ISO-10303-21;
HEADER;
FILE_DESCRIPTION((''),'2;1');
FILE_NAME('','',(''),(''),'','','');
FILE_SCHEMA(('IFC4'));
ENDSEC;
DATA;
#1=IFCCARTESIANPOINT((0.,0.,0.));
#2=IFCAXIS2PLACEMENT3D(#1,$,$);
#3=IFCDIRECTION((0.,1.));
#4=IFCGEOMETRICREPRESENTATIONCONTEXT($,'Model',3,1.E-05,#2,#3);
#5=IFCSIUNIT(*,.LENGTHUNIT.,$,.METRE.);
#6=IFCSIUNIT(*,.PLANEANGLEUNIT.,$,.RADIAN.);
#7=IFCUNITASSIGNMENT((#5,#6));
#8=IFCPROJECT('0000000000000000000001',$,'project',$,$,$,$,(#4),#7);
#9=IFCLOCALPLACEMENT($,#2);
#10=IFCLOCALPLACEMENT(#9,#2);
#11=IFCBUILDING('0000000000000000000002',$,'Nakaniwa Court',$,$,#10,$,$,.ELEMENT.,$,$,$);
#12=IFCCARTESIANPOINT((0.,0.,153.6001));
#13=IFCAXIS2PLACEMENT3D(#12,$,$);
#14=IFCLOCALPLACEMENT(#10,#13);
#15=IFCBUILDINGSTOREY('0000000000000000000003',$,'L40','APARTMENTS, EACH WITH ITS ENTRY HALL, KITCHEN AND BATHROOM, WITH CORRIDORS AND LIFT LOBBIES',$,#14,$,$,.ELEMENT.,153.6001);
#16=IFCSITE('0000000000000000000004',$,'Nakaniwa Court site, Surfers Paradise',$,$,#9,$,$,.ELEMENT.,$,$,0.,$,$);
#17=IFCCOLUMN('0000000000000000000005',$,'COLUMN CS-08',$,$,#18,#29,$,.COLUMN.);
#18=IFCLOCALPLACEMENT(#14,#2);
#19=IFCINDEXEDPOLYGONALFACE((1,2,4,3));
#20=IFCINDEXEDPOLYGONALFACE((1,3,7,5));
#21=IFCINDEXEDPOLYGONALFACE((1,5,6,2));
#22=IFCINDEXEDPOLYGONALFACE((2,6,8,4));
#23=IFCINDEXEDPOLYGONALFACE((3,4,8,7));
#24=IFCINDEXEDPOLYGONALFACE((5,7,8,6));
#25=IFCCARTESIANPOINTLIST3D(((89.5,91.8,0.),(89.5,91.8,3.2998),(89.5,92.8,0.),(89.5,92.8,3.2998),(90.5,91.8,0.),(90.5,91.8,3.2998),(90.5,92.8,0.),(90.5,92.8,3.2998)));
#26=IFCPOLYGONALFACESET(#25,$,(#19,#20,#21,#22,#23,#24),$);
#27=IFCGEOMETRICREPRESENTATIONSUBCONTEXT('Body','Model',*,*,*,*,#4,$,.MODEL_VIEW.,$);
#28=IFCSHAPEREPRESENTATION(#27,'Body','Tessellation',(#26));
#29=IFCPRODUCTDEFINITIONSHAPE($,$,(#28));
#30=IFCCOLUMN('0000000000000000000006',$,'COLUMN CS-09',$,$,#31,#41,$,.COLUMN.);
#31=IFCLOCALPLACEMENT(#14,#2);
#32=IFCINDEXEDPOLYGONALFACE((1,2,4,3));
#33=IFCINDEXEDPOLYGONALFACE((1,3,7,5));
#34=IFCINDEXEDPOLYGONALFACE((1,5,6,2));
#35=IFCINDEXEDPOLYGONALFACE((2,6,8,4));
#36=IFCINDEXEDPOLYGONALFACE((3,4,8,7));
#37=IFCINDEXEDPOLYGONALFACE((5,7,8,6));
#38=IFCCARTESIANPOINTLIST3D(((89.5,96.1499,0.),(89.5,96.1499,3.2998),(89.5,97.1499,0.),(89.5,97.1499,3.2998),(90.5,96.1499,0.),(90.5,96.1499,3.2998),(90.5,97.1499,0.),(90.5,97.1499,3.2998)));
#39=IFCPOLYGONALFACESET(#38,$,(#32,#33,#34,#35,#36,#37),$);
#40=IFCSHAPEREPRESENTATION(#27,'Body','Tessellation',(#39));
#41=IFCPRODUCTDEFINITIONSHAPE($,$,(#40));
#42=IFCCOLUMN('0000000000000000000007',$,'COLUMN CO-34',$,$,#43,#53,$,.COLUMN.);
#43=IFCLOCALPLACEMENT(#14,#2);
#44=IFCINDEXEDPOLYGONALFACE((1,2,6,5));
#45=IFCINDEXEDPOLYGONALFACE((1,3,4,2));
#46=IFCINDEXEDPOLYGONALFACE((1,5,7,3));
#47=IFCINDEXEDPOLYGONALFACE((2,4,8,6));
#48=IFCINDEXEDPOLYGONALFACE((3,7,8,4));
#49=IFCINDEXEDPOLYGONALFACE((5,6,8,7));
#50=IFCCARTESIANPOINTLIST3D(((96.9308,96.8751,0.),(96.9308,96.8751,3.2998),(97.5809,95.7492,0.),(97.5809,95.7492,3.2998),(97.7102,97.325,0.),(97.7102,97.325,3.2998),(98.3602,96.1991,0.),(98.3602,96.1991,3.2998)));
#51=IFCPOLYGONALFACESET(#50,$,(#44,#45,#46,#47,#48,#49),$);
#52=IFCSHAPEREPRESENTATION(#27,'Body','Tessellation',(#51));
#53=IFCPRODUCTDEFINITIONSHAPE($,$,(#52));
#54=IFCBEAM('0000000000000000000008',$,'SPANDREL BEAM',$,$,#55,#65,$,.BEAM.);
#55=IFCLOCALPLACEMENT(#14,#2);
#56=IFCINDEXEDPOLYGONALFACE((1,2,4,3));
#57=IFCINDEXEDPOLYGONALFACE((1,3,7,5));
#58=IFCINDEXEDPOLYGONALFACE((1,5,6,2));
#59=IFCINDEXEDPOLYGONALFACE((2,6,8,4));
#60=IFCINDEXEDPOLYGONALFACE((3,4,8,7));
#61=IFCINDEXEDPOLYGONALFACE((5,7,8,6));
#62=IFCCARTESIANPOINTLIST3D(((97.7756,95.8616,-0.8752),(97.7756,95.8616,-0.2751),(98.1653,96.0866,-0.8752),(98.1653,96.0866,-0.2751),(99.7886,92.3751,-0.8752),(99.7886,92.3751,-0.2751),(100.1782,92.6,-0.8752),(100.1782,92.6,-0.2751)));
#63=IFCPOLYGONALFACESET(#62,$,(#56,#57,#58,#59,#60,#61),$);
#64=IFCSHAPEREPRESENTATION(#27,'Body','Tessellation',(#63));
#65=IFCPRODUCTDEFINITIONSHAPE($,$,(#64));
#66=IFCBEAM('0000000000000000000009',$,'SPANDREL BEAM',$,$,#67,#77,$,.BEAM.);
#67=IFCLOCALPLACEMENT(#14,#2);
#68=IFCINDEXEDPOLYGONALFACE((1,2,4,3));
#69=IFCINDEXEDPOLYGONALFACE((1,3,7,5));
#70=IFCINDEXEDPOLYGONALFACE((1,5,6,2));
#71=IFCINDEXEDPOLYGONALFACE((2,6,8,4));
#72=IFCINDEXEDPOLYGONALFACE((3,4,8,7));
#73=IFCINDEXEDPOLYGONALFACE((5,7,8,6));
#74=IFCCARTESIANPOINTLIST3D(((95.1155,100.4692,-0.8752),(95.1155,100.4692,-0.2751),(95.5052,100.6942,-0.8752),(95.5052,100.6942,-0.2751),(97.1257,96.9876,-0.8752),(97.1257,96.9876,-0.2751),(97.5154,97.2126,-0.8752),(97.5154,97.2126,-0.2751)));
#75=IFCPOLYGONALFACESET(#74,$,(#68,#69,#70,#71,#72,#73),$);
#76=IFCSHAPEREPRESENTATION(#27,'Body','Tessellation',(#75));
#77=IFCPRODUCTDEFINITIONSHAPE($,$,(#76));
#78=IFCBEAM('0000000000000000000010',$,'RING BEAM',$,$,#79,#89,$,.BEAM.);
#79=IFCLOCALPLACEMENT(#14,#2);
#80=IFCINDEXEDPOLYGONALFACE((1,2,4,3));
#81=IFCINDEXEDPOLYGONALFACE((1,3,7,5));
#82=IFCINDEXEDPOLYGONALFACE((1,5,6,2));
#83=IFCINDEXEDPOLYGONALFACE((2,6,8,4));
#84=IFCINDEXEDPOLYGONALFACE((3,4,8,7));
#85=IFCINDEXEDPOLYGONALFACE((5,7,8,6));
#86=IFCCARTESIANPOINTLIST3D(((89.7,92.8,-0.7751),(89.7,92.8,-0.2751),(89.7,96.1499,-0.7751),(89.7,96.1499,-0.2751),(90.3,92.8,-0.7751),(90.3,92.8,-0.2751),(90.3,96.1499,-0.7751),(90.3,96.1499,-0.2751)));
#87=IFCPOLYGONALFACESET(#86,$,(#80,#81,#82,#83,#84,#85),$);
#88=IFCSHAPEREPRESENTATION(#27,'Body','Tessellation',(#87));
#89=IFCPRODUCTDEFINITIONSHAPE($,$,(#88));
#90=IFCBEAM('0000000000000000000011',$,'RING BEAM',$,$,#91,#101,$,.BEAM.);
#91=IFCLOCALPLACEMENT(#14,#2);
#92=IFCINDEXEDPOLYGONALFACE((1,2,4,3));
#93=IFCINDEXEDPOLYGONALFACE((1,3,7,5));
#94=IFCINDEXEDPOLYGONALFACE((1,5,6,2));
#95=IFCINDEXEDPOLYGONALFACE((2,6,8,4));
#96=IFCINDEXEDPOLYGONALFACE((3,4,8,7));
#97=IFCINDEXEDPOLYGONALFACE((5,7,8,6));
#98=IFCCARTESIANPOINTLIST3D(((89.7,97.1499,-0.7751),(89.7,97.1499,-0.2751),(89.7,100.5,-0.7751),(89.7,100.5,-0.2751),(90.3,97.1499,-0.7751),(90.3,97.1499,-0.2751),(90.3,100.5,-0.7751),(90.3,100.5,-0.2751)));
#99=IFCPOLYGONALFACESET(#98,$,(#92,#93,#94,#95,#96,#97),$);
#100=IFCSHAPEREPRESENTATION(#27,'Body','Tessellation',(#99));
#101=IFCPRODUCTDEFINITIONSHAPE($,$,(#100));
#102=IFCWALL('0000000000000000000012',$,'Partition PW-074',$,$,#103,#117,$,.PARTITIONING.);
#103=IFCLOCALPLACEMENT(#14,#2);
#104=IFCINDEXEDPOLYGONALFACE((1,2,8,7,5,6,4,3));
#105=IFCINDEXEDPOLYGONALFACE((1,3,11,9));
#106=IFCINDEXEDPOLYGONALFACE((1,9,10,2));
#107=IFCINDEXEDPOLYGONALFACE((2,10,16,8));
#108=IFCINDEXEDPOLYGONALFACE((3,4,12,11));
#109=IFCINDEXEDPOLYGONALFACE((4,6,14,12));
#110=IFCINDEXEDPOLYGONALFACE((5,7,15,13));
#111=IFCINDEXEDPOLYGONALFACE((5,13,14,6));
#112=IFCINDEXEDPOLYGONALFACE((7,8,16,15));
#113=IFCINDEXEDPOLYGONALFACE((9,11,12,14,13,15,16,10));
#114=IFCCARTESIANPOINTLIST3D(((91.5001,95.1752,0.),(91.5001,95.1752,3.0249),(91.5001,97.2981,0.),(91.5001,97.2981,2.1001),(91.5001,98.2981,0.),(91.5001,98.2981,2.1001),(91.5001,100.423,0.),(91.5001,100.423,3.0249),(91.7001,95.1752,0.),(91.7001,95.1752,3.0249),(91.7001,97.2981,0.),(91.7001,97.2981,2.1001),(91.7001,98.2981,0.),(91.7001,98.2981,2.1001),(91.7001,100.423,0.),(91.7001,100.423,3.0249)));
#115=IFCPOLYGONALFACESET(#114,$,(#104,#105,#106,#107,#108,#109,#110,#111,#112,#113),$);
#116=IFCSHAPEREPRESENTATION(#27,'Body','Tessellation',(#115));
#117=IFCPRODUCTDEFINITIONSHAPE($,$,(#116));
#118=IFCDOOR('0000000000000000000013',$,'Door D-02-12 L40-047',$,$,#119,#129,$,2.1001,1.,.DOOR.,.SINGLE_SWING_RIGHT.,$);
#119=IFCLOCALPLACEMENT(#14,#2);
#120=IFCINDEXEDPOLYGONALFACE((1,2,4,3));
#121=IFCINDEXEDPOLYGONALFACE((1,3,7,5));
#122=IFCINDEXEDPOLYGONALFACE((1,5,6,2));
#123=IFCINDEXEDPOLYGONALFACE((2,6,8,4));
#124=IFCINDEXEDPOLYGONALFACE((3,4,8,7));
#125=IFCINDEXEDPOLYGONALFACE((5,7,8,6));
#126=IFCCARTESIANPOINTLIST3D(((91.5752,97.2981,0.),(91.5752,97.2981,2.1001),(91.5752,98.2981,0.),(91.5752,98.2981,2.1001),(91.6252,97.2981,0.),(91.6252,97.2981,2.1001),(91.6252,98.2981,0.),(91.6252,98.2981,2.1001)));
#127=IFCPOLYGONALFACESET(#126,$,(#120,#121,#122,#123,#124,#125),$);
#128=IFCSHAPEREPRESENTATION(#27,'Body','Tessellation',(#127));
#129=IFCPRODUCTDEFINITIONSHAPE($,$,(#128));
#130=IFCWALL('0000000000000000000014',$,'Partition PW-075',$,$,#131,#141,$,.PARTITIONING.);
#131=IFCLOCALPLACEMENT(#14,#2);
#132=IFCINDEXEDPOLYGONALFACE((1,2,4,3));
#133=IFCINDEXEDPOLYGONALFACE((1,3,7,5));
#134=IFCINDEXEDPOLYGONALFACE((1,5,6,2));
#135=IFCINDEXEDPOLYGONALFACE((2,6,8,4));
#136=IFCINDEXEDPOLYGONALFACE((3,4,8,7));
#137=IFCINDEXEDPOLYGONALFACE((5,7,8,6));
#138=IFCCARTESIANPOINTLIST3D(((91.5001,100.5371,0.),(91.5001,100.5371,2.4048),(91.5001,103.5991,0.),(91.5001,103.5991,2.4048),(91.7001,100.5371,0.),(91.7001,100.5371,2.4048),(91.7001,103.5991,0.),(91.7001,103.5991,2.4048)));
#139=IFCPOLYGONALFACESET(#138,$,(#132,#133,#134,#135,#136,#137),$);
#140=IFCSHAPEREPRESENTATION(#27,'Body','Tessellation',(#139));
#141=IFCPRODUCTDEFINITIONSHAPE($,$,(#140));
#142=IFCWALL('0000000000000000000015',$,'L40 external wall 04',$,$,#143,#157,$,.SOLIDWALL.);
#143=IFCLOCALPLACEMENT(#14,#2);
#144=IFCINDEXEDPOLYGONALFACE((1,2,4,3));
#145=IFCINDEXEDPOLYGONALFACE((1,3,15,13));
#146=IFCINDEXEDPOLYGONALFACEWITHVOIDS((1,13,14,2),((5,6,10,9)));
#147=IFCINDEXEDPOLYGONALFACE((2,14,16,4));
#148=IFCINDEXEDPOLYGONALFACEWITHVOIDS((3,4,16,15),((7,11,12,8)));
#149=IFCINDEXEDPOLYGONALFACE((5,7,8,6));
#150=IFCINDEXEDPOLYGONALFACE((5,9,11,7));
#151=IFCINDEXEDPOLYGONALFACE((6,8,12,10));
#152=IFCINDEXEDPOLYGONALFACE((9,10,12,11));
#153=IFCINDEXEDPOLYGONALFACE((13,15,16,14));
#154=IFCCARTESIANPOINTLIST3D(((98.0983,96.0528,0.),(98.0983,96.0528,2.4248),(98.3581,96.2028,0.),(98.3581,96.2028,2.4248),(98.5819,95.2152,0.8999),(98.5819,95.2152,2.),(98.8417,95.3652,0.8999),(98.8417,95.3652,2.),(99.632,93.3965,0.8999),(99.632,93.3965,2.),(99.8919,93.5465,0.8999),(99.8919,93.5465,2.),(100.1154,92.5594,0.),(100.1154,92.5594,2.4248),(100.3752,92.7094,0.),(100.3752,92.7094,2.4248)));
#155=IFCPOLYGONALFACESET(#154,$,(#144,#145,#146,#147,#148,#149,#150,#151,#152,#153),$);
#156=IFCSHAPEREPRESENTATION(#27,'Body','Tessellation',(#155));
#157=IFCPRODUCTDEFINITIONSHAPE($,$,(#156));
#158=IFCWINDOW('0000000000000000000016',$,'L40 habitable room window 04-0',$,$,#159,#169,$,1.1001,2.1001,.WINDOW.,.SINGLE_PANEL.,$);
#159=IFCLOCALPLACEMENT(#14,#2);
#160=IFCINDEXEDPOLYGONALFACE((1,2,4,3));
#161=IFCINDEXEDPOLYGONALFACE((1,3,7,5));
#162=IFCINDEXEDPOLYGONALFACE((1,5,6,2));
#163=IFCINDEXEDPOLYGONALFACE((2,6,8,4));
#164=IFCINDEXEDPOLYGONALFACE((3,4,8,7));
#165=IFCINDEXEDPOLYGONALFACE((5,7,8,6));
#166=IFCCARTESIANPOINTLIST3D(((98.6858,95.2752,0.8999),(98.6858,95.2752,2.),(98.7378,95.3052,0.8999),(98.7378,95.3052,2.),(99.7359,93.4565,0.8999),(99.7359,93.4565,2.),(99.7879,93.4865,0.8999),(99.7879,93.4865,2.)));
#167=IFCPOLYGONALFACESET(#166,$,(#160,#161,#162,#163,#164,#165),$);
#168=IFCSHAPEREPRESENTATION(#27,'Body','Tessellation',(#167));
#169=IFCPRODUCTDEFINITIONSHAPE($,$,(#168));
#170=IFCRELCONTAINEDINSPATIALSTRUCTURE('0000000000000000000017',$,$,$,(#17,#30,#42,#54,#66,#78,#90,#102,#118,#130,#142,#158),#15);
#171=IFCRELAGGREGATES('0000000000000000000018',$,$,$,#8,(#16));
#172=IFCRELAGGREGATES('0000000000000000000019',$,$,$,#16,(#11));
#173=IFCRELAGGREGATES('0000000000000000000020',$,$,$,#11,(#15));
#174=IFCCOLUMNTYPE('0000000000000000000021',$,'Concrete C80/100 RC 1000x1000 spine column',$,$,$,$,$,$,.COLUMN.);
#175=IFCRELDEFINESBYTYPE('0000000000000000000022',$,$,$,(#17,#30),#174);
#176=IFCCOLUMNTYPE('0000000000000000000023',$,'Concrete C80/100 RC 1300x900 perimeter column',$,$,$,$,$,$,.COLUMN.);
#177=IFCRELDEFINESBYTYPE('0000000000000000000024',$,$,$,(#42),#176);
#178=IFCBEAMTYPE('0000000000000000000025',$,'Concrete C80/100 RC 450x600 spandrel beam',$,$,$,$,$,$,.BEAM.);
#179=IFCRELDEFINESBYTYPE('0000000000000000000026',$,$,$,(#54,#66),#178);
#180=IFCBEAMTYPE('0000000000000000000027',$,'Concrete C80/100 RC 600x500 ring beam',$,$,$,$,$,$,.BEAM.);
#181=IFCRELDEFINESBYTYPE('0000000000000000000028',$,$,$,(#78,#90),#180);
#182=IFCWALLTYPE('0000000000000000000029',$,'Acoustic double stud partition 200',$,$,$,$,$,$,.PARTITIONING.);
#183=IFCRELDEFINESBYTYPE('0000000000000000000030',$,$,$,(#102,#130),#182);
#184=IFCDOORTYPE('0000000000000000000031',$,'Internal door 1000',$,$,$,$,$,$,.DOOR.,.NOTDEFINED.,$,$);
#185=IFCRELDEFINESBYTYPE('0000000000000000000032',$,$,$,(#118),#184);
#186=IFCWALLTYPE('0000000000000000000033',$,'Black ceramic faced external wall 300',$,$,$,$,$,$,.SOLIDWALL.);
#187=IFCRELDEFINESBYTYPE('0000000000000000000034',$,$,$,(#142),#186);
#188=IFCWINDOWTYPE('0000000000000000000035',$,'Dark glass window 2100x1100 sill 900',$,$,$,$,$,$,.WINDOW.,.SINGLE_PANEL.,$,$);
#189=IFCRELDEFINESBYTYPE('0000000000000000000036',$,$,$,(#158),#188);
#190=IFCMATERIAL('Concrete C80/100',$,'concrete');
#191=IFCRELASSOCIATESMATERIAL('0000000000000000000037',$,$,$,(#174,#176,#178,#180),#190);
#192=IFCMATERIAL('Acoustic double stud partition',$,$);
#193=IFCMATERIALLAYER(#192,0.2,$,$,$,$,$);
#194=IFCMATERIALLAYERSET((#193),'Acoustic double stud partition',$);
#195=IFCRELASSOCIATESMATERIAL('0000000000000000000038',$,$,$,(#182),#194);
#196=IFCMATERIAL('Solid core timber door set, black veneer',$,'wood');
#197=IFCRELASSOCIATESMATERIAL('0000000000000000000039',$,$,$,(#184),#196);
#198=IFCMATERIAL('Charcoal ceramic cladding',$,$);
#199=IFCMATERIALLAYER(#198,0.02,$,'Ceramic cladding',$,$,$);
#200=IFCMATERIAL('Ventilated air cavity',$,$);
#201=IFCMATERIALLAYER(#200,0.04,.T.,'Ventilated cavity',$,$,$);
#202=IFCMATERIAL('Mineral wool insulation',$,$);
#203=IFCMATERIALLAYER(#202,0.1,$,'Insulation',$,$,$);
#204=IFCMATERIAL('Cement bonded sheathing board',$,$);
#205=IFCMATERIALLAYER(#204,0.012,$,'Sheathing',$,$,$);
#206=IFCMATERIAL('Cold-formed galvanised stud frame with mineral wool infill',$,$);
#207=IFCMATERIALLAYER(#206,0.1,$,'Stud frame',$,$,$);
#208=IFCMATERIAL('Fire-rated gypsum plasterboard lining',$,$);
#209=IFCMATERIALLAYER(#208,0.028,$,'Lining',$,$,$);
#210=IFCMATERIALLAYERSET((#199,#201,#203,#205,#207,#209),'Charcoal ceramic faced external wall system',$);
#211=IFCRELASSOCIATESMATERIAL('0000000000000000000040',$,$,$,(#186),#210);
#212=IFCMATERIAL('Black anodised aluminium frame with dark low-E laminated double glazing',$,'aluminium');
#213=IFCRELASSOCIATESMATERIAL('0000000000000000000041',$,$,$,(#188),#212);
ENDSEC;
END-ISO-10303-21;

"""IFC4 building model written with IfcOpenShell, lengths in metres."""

from ifc_helpers import new_model, si_unit, direction, frame, frame_2d, origin, origin_2d, place, context, subcontext, project, spatial, rectangle, extrude, material, layer, layer_set, material_profile, profile_set, type_object, element, fill, save


model = new_model("IFC4")

# Units and contexts
model_context = context("Model", 3, precision=1e-05, world=origin(), true_north=direction((0.0, 1.0)))
body_context = subcontext(model_context, "Body", "Model", "MODEL_VIEW")
ifc_project = project(units=[si_unit("LENGTHUNIT", "METRE"), si_unit("PLANEANGLEUNIT", "RADIAN")], contexts=[model_context])

# Site, building, storey
site_placement = place(None, origin())
site = spatial("IfcSite", under=ifc_project, at=site_placement, Name="Nakaniwa Court site, Surfers Paradise", CompositionType="ELEMENT", RefElevation=0.0)
building_placement = place(site_placement, origin())
building = spatial("IfcBuilding", under=site, at=building_placement, Name="Nakaniwa Court", CompositionType="ELEMENT")
storey_placement = place(building_placement, frame((0.0, 0.0, 153.6001)))
storey = spatial("IfcBuildingStorey", under=building, at=storey_placement, Name="L40", Description="APARTMENTS, EACH WITH ITS ENTRY HALL, KITCHEN AND BATHROOM, WITH CORRIDORS AND LIFT LOBBIES", CompositionType="ELEMENT", Elevation=153.6001)

# Columns
ifc_material_1 = material(Name="Concrete C80/100", Category="concrete")
ifc_material_profile_1 = material_profile(ifc_material_1, rectangle(XDim=1.0, YDim=1.0, at=origin_2d()), Name="Concrete C80/100 RC 1000x1000 spine column")
ifc_profile_set_1 = profile_set([ifc_material_profile_1], Name="Concrete C80/100")
column_type_1 = type_object("IfcColumnType", Name="Concrete C80/100 RC 1000x1000 spine column", PredefinedType="COLUMN", material=ifc_profile_set_1)
for number, where, z_axis, x_axis, name in (
    (1, (90.0, 92.3, 0.0), (0.0, 0.0, 1.0), (0.0, 1.0, 0.0), "COLUMN CS-08"),
    (2, (90.0, 96.6499, 0.0), (0.0, 0.0, 1.0), (0.0, 1.0, 0.0), "COLUMN CS-09"),
):
    element("IfcColumn", number, at=place(storey_placement, frame(where, z_axis=z_axis, x_axis=x_axis)), inside=storey, type_object=column_type_1, Name=name, PredefinedType="COLUMN", context=body_context, shape_type="SweptSolid", body=[
        extrude(rectangle(XDim=1.0, YDim=1.0, at=origin_2d()), origin(), (0.0, 0.0, 1.0), 3.2998),
    ])
ifc_material_profile_2 = material_profile(ifc_material_1, rectangle(XDim=1.3, YDim=0.8999, at=origin_2d()), Name="Concrete C80/100 RC 1300x900 perimeter column")
ifc_profile_set_2 = profile_set([ifc_material_profile_2], Name="Concrete C80/100")
column_type_2 = type_object("IfcColumnType", Name="Concrete C80/100 RC 1300x900 perimeter column", PredefinedType="COLUMN", material=ifc_profile_set_2)
column_placement = place(storey_placement, frame((97.6455, 96.5371, 0.0), z_axis=(0.0, 0.0, 1.0), x_axis=(-0.5, 0.866025, 0.0)))
element("IfcColumn", 3, at=column_placement, inside=storey, type_object=column_type_2, Name="COLUMN CO-34", PredefinedType="COLUMN", context=body_context, shape_type="SweptSolid", body=[
    extrude(rectangle(XDim=1.3, YDim=0.8999, at=origin_2d()), origin(), (0.0, 0.0, 1.0), 3.2998),
])

# Beams
ifc_material_profile_3 = material_profile(ifc_material_1, rectangle(XDim=0.45, YDim=0.6001, at=origin_2d()), Name="Concrete C80/100 RC 450x600 spandrel beam")
ifc_profile_set_3 = profile_set([ifc_material_profile_3], Name="Concrete C80/100")
beam_type_1 = type_object("IfcBeamType", Name="Concrete C80/100 RC 450x600 spandrel beam", PredefinedType="BEAM", material=ifc_profile_set_3)
beam_1_placement = place(storey_placement, frame((99.9834, 92.4875, -0.5752), z_axis=(-0.499994, 0.866029, 0.0), x_axis=(-0.866029, -0.499994, 0.0)))
element("IfcBeam", 4, at=beam_1_placement, inside=storey, type_object=beam_type_1, Name="SPANDREL BEAM", PredefinedType="BEAM", context=body_context, shape_type="SweptSolid", body=[
    extrude(rectangle(XDim=0.45, YDim=0.6001, at=origin_2d()), origin(), (0.0, 0.0, 1.0), 4.0259),
])
beam_2_placement = place(storey_placement, frame((97.3206, 97.1001, -0.5752), z_axis=(-0.500019, 0.866015, 0.0), x_axis=(-0.866015, -0.500019, 0.0)))
element("IfcBeam", 5, at=beam_2_placement, inside=storey, type_object=beam_type_1, Name="SPANDREL BEAM", PredefinedType="BEAM", context=body_context, shape_type="SweptSolid", body=[
    extrude(rectangle(XDim=0.45, YDim=0.6001, at=origin_2d()), origin(), (0.0, 0.0, 1.0), 4.0203),
])
ifc_material_profile_4 = material_profile(ifc_material_1, rectangle(XDim=0.6001, YDim=0.5, at=origin_2d()), Name="Concrete C80/100 RC 600x500 ring beam")
ifc_profile_set_4 = profile_set([ifc_material_profile_4], Name="Concrete C80/100")
beam_type_2 = type_object("IfcBeamType", Name="Concrete C80/100 RC 600x500 ring beam", PredefinedType="BEAM", material=ifc_profile_set_4)
beam_3_placement = place(storey_placement, frame((90.0, 92.8, -0.5251), z_axis=(0.0, 1.0, 0.0), x_axis=(-1.0, 0.0, 0.0)))
element("IfcBeam", 6, at=beam_3_placement, inside=storey, type_object=beam_type_2, Name="RING BEAM", PredefinedType="BEAM", context=body_context, shape_type="SweptSolid", body=[
    extrude(rectangle(XDim=0.6001, YDim=0.5, at=origin_2d()), origin(), (0.0, 0.0, 1.0), 3.3499),
])
beam_4_placement = place(storey_placement, frame((90.0, 97.1499, -0.5251), z_axis=(0.0, 1.0, 0.0), x_axis=(-1.0, 0.0, 0.0)))
element("IfcBeam", 7, at=beam_4_placement, inside=storey, type_object=beam_type_2, Name="RING BEAM", PredefinedType="BEAM", context=body_context, shape_type="SweptSolid", body=[
    extrude(rectangle(XDim=0.6001, YDim=0.5, at=origin_2d()), origin(), (0.0, 0.0, 1.0), 3.3501),
])

# Wall, opening, door
ifc_material_2 = material(Name="Acoustic double stud partition")
ifc_layer_1 = layer(ifc_material_2, 0.2)
ifc_layer_set_1 = layer_set([ifc_layer_1], Name="Acoustic double stud partition")
wall_type_1 = type_object("IfcWallType", Name="Acoustic double stud partition 200", PredefinedType="PARTITIONING", material=ifc_layer_set_1)
wall_1_placement = place(storey_placement, frame((91.6001, 95.175, 0.0), z_axis=(0.0, 0.0, 1.0), x_axis=(0.0, 1.0, 0.0)))
wall_1 = element("IfcWall", 8, at=wall_1_placement, inside=storey, type_object=wall_type_1, Name="Partition PW-074", PredefinedType="PARTITIONING", context=body_context, shape_type="SweptSolid", body=[
    extrude(rectangle(XDim=5.2478, YDim=0.2, at=frame_2d((2.624, 0.0))), origin(), (0.0, 0.0, 1.0), 3.0249),
])
opening_1_placement = place(wall_1_placement, frame((2.123, 0.0, 0.0)))
opening_1 = element("IfcOpeningElement", 9, at=opening_1_placement, cuts=wall_1, PredefinedType="OPENING", context=body_context, shape_type="SweptSolid", body=[
    extrude(rectangle(XDim=1.0, YDim=2.1001, at=frame_2d((0.5, 1.05))), frame((0.0, 0.1099, 0.0), z_axis=(0.0, -1.0, 0.0), x_axis=(1.0, 0.0, 0.0)), (0.0, 0.0, 1.0), 0.22),
])
ifc_material_3 = material(Name="Solid core timber door set, black veneer", Category="wood")
door_type = type_object("IfcDoorType", Name="Internal door 1000", OperationType="NOTDEFINED", PredefinedType="DOOR", material=ifc_material_3)
door_placement = place(opening_1_placement, origin())
door = element("IfcDoor", 10, at=door_placement, inside=storey, type_object=door_type, Name="Door D-02-12 L40-047", OperationType="SINGLE_SWING_RIGHT", OverallHeight=2.1001, OverallWidth=1.0, PredefinedType="DOOR", context=body_context, shape_type="SweptSolid", body=[
    extrude(rectangle(XDim=1.0, YDim=2.1001, at=frame_2d((0.5, 1.05))), frame((0.0, 0.0249, 0.0), z_axis=(0.0, -1.0, 0.0), x_axis=(1.0, 0.0, 0.0)), (0.0, 0.0, 1.0), 0.05),
])
fill(opening_1, door)

# Wall
wall_2_placement = place(storey_placement, frame((91.6001, 100.5371, 0.0), z_axis=(0.0, 0.0, 1.0), x_axis=(0.0, 1.0, 0.0)))
element("IfcWall", 11, at=wall_2_placement, inside=storey, type_object=wall_type_1, Name="Partition PW-075", PredefinedType="PARTITIONING", context=body_context, shape_type="SweptSolid", body=[
    extrude(rectangle(XDim=3.062, YDim=0.2, at=frame_2d((1.531, 0.0))), origin(), (0.0, 0.0, 1.0), 2.4048),
])

# Wall, opening, window
ifc_material_4 = material(Name="Charcoal ceramic cladding")
ifc_layer_2 = layer(ifc_material_4, 0.02, Name="Ceramic cladding")
ifc_material_5 = material(Name="Ventilated air cavity")
ifc_layer_3 = layer(ifc_material_5, 0.04, ventilated=True, Name="Ventilated cavity")
ifc_material_6 = material(Name="Mineral wool insulation")
ifc_layer_4 = layer(ifc_material_6, 0.1, Name="Insulation")
ifc_material_7 = material(Name="Cement bonded sheathing board")
ifc_layer_5 = layer(ifc_material_7, 0.012, Name="Sheathing")
ifc_material_8 = material(Name="Cold-formed galvanised stud frame with mineral wool infill")
ifc_layer_6 = layer(ifc_material_8, 0.1, Name="Stud frame")
ifc_material_9 = material(Name="Fire-rated gypsum plasterboard lining")
ifc_layer_7 = layer(ifc_material_9, 0.028, Name="Lining")
ifc_layer_set_2 = layer_set([ifc_layer_2, ifc_layer_3, ifc_layer_4, ifc_layer_5, ifc_layer_6, ifc_layer_7], Name="Charcoal ceramic faced external wall system")
wall_type_2 = type_object("IfcWallType", Name="Black ceramic faced external wall 300", PredefinedType="SOLIDWALL", material=ifc_layer_set_2)
wall_3_placement = place(storey_placement, frame((100.2454, 92.6343, 0.0), z_axis=(0.0, 0.0, 1.0), x_axis=(-0.500032, 0.866007, 0.0)))
wall_3 = element("IfcWall", 12, at=wall_3_placement, inside=storey, type_object=wall_type_2, Name="L40 external wall 04", PredefinedType="SOLIDWALL", context=body_context, shape_type="SweptSolid", body=[
    extrude(rectangle(XDim=4.0339, YDim=0.3, at=frame_2d((2.0171, 0.0))), origin(), (0.0, 0.0, 1.0), 2.4248),
])
opening_2_placement = place(wall_3_placement, frame((0.9668, 0.0, 0.8999)))
opening_2 = element("IfcOpeningElement", 13, at=opening_2_placement, cuts=wall_3, PredefinedType="OPENING", context=body_context, shape_type="SweptSolid", body=[
    extrude(rectangle(XDim=2.1001, YDim=1.1001, at=frame_2d((1.05, 0.55))), frame((0.0, 0.1599, 0.0), z_axis=(0.0, -1.0, 0.0), x_axis=(1.0, 0.0, 0.0)), (0.0, 0.0, 1.0), 0.3201),
])
ifc_material_10 = material(Name="Black anodised aluminium frame with dark low-E laminated double glazing", Category="aluminium")
window_type = type_object("IfcWindowType", Name="Dark glass window 2100x1100 sill 900", PartitioningType="SINGLE_PANEL", PredefinedType="WINDOW", material=ifc_material_10)
window_1_placement = place(opening_2_placement, origin())
window_1 = element("IfcWindow", 14, at=window_1_placement, inside=storey, type_object=window_type, Name="L40 habitable room window 04-0", OverallHeight=1.1001, OverallWidth=2.1001, PartitioningType="SINGLE_PANEL", PredefinedType="WINDOW", context=body_context, shape_type="SweptSolid", body=[
    extrude(rectangle(XDim=2.1001, YDim=1.1001, at=frame_2d((1.05, 0.55))), frame((0.0, 0.03, 0.0), z_axis=(0.0, -1.0, 0.0), x_axis=(1.0, 0.0, 0.0)), (0.0, 0.0, 1.0), 0.0601),
])
fill(opening_2, window_1)

save(model, "model.ifc")
